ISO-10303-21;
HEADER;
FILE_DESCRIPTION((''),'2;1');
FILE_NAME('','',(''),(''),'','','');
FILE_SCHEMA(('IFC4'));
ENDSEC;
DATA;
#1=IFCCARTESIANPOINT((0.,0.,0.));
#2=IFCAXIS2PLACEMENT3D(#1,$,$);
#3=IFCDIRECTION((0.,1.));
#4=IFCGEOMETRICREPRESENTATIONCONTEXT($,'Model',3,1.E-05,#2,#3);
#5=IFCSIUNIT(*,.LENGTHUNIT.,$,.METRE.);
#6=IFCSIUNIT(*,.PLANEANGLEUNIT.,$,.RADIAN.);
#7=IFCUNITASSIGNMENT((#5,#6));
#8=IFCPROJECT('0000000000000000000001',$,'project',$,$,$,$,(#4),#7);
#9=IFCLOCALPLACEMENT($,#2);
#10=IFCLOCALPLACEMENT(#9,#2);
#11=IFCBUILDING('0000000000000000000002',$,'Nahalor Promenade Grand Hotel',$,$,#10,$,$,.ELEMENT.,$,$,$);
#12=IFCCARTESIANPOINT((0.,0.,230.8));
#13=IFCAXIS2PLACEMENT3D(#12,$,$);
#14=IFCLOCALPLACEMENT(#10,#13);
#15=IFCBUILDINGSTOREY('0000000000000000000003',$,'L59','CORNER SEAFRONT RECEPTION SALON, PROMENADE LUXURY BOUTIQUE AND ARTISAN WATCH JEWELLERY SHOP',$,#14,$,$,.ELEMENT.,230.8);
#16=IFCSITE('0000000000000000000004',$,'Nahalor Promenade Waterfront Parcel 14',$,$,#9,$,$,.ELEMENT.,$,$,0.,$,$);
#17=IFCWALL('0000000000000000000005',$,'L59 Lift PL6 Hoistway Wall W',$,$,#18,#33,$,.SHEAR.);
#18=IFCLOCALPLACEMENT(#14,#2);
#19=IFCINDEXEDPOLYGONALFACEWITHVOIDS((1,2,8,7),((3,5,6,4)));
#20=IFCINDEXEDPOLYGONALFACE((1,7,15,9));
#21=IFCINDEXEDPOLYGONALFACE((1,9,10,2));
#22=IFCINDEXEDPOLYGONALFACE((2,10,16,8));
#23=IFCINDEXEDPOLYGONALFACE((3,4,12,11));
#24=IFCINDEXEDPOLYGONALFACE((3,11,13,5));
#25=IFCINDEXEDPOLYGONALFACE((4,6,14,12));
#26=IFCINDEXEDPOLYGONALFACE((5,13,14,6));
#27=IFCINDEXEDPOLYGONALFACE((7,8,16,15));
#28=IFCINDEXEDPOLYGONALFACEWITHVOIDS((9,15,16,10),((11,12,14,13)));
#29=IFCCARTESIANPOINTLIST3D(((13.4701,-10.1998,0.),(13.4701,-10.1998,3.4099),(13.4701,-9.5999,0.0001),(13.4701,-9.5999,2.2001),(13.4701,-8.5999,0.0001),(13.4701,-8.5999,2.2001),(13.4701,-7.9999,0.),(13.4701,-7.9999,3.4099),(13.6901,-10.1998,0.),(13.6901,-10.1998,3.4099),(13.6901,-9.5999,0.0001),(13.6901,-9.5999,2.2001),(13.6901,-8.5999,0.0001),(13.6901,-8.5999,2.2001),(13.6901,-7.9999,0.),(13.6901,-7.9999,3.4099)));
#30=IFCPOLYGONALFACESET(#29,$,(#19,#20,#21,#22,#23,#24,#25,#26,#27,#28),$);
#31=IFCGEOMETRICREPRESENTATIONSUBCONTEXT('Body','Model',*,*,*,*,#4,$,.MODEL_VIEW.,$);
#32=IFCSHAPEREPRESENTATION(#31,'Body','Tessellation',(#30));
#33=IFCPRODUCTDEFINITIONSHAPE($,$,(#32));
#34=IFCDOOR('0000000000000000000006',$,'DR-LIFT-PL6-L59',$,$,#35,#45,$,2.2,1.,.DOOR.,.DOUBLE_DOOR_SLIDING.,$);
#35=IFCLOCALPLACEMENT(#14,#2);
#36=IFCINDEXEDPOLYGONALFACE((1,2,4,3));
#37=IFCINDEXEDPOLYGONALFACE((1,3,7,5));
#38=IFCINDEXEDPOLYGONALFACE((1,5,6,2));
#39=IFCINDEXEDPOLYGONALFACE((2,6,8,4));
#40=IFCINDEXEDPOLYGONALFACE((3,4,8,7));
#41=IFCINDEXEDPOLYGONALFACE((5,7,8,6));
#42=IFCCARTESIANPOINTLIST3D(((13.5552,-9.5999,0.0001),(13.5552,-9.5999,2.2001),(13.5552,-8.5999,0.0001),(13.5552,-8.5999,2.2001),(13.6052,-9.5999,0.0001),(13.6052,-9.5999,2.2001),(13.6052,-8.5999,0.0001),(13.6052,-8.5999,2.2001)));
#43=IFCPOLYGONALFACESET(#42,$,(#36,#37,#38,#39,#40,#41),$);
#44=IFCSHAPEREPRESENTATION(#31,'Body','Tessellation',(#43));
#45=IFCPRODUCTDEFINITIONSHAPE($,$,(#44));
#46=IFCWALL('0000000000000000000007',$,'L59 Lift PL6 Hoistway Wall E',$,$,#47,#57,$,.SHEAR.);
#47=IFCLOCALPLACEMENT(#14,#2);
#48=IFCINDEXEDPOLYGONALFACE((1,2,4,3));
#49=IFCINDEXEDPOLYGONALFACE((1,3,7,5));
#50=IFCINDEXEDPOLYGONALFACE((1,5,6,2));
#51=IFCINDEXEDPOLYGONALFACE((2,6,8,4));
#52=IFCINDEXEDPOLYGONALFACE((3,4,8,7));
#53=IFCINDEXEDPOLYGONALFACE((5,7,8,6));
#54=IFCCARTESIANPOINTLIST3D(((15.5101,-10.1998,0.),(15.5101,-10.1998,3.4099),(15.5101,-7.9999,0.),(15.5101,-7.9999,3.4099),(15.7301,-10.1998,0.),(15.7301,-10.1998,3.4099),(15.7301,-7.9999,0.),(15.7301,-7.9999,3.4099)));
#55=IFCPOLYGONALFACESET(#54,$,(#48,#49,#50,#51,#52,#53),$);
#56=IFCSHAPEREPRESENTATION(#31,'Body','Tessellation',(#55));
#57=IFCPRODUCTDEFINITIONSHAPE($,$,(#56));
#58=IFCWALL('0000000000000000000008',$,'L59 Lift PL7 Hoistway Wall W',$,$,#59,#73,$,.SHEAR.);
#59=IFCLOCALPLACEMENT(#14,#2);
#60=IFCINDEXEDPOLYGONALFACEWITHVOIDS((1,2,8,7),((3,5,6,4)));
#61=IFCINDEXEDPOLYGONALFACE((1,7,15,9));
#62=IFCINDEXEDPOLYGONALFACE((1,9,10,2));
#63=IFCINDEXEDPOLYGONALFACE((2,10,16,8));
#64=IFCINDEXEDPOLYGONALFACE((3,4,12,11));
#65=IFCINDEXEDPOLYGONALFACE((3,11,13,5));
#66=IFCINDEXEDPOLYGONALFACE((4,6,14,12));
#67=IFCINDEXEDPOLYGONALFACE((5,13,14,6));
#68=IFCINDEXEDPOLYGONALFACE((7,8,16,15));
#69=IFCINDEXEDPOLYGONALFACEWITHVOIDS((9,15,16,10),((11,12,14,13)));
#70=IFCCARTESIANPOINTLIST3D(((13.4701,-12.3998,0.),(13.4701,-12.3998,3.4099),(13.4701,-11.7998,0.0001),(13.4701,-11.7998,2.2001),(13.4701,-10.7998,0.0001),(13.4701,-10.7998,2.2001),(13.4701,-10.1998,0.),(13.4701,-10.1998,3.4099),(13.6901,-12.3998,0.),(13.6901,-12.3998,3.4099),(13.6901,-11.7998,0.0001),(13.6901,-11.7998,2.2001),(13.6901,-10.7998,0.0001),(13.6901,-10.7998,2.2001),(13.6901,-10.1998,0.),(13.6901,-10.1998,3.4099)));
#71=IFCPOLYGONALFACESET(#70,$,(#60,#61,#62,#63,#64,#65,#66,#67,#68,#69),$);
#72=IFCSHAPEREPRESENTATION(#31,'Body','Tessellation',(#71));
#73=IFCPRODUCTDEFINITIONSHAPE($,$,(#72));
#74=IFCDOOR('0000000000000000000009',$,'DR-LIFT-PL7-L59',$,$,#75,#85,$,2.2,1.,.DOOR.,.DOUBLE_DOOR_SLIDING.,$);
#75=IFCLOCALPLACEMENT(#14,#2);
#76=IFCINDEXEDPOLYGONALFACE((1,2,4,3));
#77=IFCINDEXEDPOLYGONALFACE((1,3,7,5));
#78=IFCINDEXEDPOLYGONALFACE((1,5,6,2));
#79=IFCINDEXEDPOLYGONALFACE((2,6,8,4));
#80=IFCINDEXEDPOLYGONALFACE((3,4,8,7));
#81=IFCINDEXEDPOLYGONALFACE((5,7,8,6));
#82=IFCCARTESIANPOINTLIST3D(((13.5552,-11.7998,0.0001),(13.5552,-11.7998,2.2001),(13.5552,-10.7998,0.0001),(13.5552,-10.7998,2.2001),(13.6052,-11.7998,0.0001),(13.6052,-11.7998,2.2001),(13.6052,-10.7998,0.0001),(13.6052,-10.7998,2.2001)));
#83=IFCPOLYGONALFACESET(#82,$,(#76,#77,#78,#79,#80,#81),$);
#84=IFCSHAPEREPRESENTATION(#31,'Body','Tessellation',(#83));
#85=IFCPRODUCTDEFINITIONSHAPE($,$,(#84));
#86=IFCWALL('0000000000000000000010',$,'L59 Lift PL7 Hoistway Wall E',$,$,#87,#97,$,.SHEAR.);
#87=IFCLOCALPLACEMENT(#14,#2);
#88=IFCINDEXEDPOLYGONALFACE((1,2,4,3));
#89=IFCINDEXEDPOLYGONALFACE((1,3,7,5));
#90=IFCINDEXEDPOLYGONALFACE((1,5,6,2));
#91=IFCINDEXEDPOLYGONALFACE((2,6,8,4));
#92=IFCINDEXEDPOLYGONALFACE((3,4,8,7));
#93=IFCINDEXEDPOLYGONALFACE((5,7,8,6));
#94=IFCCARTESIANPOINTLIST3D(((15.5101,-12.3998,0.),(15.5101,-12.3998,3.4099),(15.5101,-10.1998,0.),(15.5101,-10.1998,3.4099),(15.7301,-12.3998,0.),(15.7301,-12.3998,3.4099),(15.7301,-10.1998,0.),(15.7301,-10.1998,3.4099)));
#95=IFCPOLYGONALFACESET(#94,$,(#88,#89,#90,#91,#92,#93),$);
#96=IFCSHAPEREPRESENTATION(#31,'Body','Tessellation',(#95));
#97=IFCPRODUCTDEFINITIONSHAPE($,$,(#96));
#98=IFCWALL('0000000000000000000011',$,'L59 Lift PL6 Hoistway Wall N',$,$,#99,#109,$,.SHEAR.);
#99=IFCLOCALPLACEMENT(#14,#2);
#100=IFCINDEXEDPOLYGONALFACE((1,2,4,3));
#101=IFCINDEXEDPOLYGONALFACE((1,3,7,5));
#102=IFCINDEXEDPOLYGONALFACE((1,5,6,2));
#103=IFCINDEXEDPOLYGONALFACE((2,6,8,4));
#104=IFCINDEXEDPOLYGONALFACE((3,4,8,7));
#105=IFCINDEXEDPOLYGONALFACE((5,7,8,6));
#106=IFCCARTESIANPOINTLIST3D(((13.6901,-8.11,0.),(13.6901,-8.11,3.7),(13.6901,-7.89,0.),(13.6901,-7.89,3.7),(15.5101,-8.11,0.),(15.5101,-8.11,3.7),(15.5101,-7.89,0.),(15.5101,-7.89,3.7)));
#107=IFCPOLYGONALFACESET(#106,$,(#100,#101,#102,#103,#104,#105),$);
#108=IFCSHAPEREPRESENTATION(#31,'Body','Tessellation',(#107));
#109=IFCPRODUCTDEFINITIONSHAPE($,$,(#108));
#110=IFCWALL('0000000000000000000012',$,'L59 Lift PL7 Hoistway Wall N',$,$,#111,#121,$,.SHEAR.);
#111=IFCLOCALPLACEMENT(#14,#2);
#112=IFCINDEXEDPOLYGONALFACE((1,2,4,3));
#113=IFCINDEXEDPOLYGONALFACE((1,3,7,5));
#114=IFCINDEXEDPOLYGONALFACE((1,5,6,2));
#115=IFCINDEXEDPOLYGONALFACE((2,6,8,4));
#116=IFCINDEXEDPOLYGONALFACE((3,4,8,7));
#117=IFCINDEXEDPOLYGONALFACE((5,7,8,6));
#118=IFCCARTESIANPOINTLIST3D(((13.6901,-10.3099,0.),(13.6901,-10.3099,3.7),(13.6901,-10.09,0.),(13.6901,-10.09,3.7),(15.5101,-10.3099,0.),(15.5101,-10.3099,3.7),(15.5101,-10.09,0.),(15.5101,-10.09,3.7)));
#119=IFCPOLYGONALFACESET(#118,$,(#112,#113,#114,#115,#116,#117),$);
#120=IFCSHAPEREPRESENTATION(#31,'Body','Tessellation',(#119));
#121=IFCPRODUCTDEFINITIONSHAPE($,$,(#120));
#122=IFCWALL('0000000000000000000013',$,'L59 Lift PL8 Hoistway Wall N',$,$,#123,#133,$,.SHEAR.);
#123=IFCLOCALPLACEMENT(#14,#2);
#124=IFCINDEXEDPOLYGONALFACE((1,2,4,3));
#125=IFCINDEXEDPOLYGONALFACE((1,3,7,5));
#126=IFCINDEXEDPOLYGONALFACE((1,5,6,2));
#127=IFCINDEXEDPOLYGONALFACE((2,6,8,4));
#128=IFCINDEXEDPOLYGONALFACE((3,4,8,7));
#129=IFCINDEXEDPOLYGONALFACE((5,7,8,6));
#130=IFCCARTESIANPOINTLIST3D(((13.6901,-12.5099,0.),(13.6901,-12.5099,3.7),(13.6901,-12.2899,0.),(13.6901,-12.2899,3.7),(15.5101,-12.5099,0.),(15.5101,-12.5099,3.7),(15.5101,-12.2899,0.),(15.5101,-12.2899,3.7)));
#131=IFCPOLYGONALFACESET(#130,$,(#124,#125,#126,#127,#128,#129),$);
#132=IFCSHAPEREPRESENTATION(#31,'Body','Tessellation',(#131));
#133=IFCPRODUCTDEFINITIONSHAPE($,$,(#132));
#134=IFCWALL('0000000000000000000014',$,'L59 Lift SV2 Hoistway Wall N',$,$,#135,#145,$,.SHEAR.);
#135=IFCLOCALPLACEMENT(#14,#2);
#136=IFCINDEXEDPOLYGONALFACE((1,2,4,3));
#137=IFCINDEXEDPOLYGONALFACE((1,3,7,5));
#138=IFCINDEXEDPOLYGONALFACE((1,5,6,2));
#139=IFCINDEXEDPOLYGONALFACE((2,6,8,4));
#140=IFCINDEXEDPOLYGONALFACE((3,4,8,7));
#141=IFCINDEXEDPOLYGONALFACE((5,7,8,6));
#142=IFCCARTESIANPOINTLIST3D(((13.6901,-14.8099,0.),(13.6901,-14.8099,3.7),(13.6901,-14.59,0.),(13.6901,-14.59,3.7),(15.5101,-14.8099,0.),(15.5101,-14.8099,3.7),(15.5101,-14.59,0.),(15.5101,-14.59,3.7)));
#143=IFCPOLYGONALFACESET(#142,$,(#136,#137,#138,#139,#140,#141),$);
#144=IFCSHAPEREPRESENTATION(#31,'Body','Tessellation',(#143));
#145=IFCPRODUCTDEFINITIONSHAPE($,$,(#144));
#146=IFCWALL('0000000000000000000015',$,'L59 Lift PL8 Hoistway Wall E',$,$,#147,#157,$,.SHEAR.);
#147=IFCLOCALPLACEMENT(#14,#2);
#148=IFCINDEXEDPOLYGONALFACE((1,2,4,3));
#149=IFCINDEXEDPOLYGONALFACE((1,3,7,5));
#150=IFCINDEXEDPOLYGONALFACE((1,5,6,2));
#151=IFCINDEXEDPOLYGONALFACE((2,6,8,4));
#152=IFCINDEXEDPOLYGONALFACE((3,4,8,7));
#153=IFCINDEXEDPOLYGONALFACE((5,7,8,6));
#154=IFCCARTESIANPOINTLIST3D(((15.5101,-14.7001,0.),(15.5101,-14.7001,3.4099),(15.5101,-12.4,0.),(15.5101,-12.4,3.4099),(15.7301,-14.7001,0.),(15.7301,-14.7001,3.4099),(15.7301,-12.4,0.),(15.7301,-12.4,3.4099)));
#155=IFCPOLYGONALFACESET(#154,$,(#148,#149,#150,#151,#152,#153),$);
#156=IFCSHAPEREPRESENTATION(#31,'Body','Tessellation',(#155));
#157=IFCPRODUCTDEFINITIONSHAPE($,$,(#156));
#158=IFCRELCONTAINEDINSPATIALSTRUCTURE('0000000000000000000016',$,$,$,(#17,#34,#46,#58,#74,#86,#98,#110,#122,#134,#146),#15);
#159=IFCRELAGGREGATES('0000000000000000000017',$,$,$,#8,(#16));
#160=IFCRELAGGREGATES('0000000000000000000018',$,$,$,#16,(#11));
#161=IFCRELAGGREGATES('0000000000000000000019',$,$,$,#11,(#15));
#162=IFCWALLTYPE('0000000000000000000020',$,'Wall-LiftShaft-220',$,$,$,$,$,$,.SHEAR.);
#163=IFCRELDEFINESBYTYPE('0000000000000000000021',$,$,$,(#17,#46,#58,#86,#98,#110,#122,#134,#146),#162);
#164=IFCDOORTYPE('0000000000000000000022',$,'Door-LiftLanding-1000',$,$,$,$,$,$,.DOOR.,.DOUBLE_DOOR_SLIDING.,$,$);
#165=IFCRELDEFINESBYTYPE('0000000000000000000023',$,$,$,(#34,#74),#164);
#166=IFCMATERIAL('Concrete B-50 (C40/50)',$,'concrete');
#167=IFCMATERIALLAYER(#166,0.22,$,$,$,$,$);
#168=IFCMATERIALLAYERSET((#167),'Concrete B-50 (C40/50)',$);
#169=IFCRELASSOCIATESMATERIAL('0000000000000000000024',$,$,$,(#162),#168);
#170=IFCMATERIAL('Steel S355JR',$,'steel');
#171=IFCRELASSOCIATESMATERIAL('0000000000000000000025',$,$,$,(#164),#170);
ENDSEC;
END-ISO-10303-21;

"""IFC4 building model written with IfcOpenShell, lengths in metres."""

from ifc_helpers import new_model, si_unit, direction, frame, frame_2d, origin, place, context, subcontext, project, spatial, rectangle, extrude, source, transform, mapped, material, layer, layer_set, type_object, element, fill, save


model = new_model("IFC4")

# Units and contexts
model_context = context("Model", 3, precision=1e-05, world=origin(), true_north=direction((0.0, 1.0)))
body_context = subcontext(model_context, "Body", "Model", "MODEL_VIEW")
ifc_project = project(units=[si_unit("LENGTHUNIT", "METRE"), si_unit("PLANEANGLEUNIT", "RADIAN")], contexts=[model_context])

# Site, building, storey
site_placement = place(None, origin())
site = spatial("IfcSite", under=ifc_project, at=site_placement, Name="Nahalor Promenade Waterfront Parcel 14", CompositionType="ELEMENT", RefElevation=0.0)
building_placement = place(site_placement, origin())
building = spatial("IfcBuilding", under=site, at=building_placement, Name="Nahalor Promenade Grand Hotel", CompositionType="ELEMENT")
storey_placement = place(building_placement, frame((0.0, 0.0, 230.8)))
storey = spatial("IfcBuildingStorey", under=building, at=storey_placement, Name="L59", Description="CORNER SEAFRONT RECEPTION SALON, PROMENADE LUXURY BOUTIQUE AND ARTISAN WATCH JEWELLERY SHOP", CompositionType="ELEMENT", Elevation=230.8)

# Shared definitions
ifc_material_1 = material(Name="Steel S355JR", Category="steel")

# Shared definitions
ifc_material_2 = material(Name="Concrete B-50 (C40/50)", Category="concrete")
ifc_layer_1 = layer(ifc_material_2, 0.22)
ifc_layer_set_1 = layer_set([ifc_layer_1], Name="Concrete B-50 (C40/50)")
wall_type_1 = type_object("IfcWallType", Name="Wall-LiftShaft-220", PredefinedType="SHEAR", material=ifc_layer_set_1)
door_type_1 = type_object("IfcDoorType", Name="Door-LiftLanding-1000", OperationType="DOUBLE_DOOR_SLIDING", PredefinedType="DOOR", material=ifc_material_1)
shared_shape_1 = source(origin(), body_context, "Body", "SweptSolid", [
    extrude(rectangle(XDim=1.0, YDim=2.2, at=frame_2d((0.5, 1.1001))), frame((0.0, 0.0249, 0.0), z_axis=(0.0, -1.0, 0.0), x_axis=(1.0, 0.0, 0.0)), (0.0, 0.0, 1.0), 0.05),
])

# Wall, opening, door
shared_shape_2 = source(origin(), body_context, "Body", "SweptSolid", [
    extrude(rectangle(XDim=2.2, YDim=0.22, at=frame_2d((1.1001, 0.0))), origin(), (0.0, 0.0, 1.0), 3.4099),
])
wall_1_placement = place(storey_placement, frame((13.5801, -10.2, 0.0), z_axis=(0.0, 0.0, 1.0), x_axis=(0.0, 1.0, 0.0)))
wall_1 = element("IfcWall", 1, at=wall_1_placement, inside=storey, type_object=wall_type_1, Name="L59 Lift PL6 Hoistway Wall W", PredefinedType="SHEAR", context=body_context, shape_type="MappedRepresentation", body=[
    mapped(shared_shape_2, transform((0.0, 0.0, 0.0), scale=1.0)),
])
opening_1_placement = place(wall_1_placement, frame((0.6001, 0.0, 0.0)))
opening_1 = element("IfcOpeningElement", 2, at=opening_1_placement, cuts=wall_1, PredefinedType="OPENING", context=body_context, shape_type="SweptSolid", body=[
    extrude(rectangle(XDim=1.0, YDim=2.2, at=frame_2d((0.5, 1.1001))), frame((0.0, 0.1199, 0.0), z_axis=(0.0, -1.0, 0.0), x_axis=(1.0, 0.0, 0.0)), (0.0, 0.0, 1.0), 0.24),
])
door_1_placement = place(opening_1_placement, origin())
door_1 = element("IfcDoor", 3, at=door_1_placement, inside=storey, type_object=door_type_1, Name="DR-LIFT-PL6-L59", OperationType="DOUBLE_DOOR_SLIDING", OverallHeight=2.2, OverallWidth=1.0, PredefinedType="DOOR", context=body_context, shape_type="MappedRepresentation", body=[
    mapped(shared_shape_1, transform((0.0, 0.0, 0.0), scale=1.0)),
])
fill(opening_1, door_1)

# Wall
wall_2_placement = place(storey_placement, frame((15.6201, -10.2, 0.0), z_axis=(0.0, 0.0, 1.0), x_axis=(0.0, 1.0, 0.0)))
element("IfcWall", 4, at=wall_2_placement, inside=storey, type_object=wall_type_1, Name="L59 Lift PL6 Hoistway Wall E", PredefinedType="SHEAR", context=body_context, shape_type="MappedRepresentation", body=[
    mapped(shared_shape_2, transform((0.0, 0.0, 0.0), scale=1.0)),
])

# Wall, opening, door
wall_3_placement = place(storey_placement, frame((13.5801, -12.3999, 0.0), z_axis=(0.0, 0.0, 1.0), x_axis=(0.0, 1.0, 0.0)))
wall_3 = element("IfcWall", 5, at=wall_3_placement, inside=storey, type_object=wall_type_1, Name="L59 Lift PL7 Hoistway Wall W", PredefinedType="SHEAR", context=body_context, shape_type="MappedRepresentation", body=[
    mapped(shared_shape_2, transform((0.0, 0.0, 0.0), scale=1.0)),
])
opening_2_placement = place(wall_3_placement, frame((0.6001, 0.0, 0.0)))
opening_2 = element("IfcOpeningElement", 6, at=opening_2_placement, cuts=wall_3, PredefinedType="OPENING", context=body_context, shape_type="SweptSolid", body=[
    extrude(rectangle(XDim=1.0, YDim=2.2, at=frame_2d((0.5, 1.1001))), frame((0.0, 0.1199, 0.0), z_axis=(0.0, -1.0, 0.0), x_axis=(1.0, 0.0, 0.0)), (0.0, 0.0, 1.0), 0.24),
])
door_2_placement = place(opening_2_placement, origin())
door_2 = element("IfcDoor", 7, at=door_2_placement, inside=storey, type_object=door_type_1, Name="DR-LIFT-PL7-L59", OperationType="DOUBLE_DOOR_SLIDING", OverallHeight=2.2, OverallWidth=1.0, PredefinedType="DOOR", context=body_context, shape_type="MappedRepresentation", body=[
    mapped(shared_shape_1, transform((0.0, 0.0, 0.0), scale=1.0)),
])
fill(opening_2, door_2)

# Walls
wall_4_placement = place(storey_placement, frame((15.6201, -12.3999, 0.0), z_axis=(0.0, 0.0, 1.0), x_axis=(0.0, 1.0, 0.0)))
element("IfcWall", 8, at=wall_4_placement, inside=storey, type_object=wall_type_1, Name="L59 Lift PL7 Hoistway Wall E", PredefinedType="SHEAR", context=body_context, shape_type="MappedRepresentation", body=[
    mapped(shared_shape_2, transform((0.0, 0.0, 0.0), scale=1.0)),
])
shared_shape_3 = source(origin(), body_context, "Body", "SweptSolid", [
    extrude(rectangle(XDim=1.8201, YDim=0.22, at=frame_2d((0.9102, 0.0))), origin(), (0.0, 0.0, 1.0), 3.7),
])
for number, where, z_axis, x_axis, name in (
    (9, (13.6899, -8.0, 0.0), (0.0, 0.0, 1.0), (1.0, 0.0, 0.0), "L59 Lift PL6 Hoistway Wall N"),
    (10, (13.6899, -10.2, 0.0), (0.0, 0.0, 1.0), (1.0, 0.0, 0.0), "L59 Lift PL7 Hoistway Wall N"),
    (11, (13.6899, -12.3999, 0.0), (0.0, 0.0, 1.0), (1.0, 0.0, 0.0), "L59 Lift PL8 Hoistway Wall N"),
    (12, (13.6899, -14.7, 0.0), (0.0, 0.0, 1.0), (1.0, 0.0, 0.0), "L59 Lift SV2 Hoistway Wall N"),
):
    element("IfcWall", number, at=place(storey_placement, frame(where, z_axis=z_axis, x_axis=x_axis)), inside=storey, type_object=wall_type_1, Name=name, PredefinedType="SHEAR", context=body_context, shape_type="MappedRepresentation", body=[
        mapped(shared_shape_3, transform((0.0, 0.0, 0.0), scale=1.0)),
    ])
shared_shape_4 = source(origin(), body_context, "Body", "SweptSolid", [
    extrude(rectangle(XDim=2.3, YDim=0.22, at=frame_2d((1.1499, 0.0))), origin(), (0.0, 0.0, 1.0), 3.4099),
])
wall_5_placement = place(storey_placement, frame((15.6201, -14.7, 0.0), z_axis=(0.0, 0.0, 1.0), x_axis=(0.0, 1.0, 0.0)))
element("IfcWall", 13, at=wall_5_placement, inside=storey, type_object=wall_type_1, Name="L59 Lift PL8 Hoistway Wall E", PredefinedType="SHEAR", context=body_context, shape_type="MappedRepresentation", body=[
    mapped(shared_shape_4, transform((0.0, 0.0, 0.0), scale=1.0)),
])

save(model, "model.ifc")
